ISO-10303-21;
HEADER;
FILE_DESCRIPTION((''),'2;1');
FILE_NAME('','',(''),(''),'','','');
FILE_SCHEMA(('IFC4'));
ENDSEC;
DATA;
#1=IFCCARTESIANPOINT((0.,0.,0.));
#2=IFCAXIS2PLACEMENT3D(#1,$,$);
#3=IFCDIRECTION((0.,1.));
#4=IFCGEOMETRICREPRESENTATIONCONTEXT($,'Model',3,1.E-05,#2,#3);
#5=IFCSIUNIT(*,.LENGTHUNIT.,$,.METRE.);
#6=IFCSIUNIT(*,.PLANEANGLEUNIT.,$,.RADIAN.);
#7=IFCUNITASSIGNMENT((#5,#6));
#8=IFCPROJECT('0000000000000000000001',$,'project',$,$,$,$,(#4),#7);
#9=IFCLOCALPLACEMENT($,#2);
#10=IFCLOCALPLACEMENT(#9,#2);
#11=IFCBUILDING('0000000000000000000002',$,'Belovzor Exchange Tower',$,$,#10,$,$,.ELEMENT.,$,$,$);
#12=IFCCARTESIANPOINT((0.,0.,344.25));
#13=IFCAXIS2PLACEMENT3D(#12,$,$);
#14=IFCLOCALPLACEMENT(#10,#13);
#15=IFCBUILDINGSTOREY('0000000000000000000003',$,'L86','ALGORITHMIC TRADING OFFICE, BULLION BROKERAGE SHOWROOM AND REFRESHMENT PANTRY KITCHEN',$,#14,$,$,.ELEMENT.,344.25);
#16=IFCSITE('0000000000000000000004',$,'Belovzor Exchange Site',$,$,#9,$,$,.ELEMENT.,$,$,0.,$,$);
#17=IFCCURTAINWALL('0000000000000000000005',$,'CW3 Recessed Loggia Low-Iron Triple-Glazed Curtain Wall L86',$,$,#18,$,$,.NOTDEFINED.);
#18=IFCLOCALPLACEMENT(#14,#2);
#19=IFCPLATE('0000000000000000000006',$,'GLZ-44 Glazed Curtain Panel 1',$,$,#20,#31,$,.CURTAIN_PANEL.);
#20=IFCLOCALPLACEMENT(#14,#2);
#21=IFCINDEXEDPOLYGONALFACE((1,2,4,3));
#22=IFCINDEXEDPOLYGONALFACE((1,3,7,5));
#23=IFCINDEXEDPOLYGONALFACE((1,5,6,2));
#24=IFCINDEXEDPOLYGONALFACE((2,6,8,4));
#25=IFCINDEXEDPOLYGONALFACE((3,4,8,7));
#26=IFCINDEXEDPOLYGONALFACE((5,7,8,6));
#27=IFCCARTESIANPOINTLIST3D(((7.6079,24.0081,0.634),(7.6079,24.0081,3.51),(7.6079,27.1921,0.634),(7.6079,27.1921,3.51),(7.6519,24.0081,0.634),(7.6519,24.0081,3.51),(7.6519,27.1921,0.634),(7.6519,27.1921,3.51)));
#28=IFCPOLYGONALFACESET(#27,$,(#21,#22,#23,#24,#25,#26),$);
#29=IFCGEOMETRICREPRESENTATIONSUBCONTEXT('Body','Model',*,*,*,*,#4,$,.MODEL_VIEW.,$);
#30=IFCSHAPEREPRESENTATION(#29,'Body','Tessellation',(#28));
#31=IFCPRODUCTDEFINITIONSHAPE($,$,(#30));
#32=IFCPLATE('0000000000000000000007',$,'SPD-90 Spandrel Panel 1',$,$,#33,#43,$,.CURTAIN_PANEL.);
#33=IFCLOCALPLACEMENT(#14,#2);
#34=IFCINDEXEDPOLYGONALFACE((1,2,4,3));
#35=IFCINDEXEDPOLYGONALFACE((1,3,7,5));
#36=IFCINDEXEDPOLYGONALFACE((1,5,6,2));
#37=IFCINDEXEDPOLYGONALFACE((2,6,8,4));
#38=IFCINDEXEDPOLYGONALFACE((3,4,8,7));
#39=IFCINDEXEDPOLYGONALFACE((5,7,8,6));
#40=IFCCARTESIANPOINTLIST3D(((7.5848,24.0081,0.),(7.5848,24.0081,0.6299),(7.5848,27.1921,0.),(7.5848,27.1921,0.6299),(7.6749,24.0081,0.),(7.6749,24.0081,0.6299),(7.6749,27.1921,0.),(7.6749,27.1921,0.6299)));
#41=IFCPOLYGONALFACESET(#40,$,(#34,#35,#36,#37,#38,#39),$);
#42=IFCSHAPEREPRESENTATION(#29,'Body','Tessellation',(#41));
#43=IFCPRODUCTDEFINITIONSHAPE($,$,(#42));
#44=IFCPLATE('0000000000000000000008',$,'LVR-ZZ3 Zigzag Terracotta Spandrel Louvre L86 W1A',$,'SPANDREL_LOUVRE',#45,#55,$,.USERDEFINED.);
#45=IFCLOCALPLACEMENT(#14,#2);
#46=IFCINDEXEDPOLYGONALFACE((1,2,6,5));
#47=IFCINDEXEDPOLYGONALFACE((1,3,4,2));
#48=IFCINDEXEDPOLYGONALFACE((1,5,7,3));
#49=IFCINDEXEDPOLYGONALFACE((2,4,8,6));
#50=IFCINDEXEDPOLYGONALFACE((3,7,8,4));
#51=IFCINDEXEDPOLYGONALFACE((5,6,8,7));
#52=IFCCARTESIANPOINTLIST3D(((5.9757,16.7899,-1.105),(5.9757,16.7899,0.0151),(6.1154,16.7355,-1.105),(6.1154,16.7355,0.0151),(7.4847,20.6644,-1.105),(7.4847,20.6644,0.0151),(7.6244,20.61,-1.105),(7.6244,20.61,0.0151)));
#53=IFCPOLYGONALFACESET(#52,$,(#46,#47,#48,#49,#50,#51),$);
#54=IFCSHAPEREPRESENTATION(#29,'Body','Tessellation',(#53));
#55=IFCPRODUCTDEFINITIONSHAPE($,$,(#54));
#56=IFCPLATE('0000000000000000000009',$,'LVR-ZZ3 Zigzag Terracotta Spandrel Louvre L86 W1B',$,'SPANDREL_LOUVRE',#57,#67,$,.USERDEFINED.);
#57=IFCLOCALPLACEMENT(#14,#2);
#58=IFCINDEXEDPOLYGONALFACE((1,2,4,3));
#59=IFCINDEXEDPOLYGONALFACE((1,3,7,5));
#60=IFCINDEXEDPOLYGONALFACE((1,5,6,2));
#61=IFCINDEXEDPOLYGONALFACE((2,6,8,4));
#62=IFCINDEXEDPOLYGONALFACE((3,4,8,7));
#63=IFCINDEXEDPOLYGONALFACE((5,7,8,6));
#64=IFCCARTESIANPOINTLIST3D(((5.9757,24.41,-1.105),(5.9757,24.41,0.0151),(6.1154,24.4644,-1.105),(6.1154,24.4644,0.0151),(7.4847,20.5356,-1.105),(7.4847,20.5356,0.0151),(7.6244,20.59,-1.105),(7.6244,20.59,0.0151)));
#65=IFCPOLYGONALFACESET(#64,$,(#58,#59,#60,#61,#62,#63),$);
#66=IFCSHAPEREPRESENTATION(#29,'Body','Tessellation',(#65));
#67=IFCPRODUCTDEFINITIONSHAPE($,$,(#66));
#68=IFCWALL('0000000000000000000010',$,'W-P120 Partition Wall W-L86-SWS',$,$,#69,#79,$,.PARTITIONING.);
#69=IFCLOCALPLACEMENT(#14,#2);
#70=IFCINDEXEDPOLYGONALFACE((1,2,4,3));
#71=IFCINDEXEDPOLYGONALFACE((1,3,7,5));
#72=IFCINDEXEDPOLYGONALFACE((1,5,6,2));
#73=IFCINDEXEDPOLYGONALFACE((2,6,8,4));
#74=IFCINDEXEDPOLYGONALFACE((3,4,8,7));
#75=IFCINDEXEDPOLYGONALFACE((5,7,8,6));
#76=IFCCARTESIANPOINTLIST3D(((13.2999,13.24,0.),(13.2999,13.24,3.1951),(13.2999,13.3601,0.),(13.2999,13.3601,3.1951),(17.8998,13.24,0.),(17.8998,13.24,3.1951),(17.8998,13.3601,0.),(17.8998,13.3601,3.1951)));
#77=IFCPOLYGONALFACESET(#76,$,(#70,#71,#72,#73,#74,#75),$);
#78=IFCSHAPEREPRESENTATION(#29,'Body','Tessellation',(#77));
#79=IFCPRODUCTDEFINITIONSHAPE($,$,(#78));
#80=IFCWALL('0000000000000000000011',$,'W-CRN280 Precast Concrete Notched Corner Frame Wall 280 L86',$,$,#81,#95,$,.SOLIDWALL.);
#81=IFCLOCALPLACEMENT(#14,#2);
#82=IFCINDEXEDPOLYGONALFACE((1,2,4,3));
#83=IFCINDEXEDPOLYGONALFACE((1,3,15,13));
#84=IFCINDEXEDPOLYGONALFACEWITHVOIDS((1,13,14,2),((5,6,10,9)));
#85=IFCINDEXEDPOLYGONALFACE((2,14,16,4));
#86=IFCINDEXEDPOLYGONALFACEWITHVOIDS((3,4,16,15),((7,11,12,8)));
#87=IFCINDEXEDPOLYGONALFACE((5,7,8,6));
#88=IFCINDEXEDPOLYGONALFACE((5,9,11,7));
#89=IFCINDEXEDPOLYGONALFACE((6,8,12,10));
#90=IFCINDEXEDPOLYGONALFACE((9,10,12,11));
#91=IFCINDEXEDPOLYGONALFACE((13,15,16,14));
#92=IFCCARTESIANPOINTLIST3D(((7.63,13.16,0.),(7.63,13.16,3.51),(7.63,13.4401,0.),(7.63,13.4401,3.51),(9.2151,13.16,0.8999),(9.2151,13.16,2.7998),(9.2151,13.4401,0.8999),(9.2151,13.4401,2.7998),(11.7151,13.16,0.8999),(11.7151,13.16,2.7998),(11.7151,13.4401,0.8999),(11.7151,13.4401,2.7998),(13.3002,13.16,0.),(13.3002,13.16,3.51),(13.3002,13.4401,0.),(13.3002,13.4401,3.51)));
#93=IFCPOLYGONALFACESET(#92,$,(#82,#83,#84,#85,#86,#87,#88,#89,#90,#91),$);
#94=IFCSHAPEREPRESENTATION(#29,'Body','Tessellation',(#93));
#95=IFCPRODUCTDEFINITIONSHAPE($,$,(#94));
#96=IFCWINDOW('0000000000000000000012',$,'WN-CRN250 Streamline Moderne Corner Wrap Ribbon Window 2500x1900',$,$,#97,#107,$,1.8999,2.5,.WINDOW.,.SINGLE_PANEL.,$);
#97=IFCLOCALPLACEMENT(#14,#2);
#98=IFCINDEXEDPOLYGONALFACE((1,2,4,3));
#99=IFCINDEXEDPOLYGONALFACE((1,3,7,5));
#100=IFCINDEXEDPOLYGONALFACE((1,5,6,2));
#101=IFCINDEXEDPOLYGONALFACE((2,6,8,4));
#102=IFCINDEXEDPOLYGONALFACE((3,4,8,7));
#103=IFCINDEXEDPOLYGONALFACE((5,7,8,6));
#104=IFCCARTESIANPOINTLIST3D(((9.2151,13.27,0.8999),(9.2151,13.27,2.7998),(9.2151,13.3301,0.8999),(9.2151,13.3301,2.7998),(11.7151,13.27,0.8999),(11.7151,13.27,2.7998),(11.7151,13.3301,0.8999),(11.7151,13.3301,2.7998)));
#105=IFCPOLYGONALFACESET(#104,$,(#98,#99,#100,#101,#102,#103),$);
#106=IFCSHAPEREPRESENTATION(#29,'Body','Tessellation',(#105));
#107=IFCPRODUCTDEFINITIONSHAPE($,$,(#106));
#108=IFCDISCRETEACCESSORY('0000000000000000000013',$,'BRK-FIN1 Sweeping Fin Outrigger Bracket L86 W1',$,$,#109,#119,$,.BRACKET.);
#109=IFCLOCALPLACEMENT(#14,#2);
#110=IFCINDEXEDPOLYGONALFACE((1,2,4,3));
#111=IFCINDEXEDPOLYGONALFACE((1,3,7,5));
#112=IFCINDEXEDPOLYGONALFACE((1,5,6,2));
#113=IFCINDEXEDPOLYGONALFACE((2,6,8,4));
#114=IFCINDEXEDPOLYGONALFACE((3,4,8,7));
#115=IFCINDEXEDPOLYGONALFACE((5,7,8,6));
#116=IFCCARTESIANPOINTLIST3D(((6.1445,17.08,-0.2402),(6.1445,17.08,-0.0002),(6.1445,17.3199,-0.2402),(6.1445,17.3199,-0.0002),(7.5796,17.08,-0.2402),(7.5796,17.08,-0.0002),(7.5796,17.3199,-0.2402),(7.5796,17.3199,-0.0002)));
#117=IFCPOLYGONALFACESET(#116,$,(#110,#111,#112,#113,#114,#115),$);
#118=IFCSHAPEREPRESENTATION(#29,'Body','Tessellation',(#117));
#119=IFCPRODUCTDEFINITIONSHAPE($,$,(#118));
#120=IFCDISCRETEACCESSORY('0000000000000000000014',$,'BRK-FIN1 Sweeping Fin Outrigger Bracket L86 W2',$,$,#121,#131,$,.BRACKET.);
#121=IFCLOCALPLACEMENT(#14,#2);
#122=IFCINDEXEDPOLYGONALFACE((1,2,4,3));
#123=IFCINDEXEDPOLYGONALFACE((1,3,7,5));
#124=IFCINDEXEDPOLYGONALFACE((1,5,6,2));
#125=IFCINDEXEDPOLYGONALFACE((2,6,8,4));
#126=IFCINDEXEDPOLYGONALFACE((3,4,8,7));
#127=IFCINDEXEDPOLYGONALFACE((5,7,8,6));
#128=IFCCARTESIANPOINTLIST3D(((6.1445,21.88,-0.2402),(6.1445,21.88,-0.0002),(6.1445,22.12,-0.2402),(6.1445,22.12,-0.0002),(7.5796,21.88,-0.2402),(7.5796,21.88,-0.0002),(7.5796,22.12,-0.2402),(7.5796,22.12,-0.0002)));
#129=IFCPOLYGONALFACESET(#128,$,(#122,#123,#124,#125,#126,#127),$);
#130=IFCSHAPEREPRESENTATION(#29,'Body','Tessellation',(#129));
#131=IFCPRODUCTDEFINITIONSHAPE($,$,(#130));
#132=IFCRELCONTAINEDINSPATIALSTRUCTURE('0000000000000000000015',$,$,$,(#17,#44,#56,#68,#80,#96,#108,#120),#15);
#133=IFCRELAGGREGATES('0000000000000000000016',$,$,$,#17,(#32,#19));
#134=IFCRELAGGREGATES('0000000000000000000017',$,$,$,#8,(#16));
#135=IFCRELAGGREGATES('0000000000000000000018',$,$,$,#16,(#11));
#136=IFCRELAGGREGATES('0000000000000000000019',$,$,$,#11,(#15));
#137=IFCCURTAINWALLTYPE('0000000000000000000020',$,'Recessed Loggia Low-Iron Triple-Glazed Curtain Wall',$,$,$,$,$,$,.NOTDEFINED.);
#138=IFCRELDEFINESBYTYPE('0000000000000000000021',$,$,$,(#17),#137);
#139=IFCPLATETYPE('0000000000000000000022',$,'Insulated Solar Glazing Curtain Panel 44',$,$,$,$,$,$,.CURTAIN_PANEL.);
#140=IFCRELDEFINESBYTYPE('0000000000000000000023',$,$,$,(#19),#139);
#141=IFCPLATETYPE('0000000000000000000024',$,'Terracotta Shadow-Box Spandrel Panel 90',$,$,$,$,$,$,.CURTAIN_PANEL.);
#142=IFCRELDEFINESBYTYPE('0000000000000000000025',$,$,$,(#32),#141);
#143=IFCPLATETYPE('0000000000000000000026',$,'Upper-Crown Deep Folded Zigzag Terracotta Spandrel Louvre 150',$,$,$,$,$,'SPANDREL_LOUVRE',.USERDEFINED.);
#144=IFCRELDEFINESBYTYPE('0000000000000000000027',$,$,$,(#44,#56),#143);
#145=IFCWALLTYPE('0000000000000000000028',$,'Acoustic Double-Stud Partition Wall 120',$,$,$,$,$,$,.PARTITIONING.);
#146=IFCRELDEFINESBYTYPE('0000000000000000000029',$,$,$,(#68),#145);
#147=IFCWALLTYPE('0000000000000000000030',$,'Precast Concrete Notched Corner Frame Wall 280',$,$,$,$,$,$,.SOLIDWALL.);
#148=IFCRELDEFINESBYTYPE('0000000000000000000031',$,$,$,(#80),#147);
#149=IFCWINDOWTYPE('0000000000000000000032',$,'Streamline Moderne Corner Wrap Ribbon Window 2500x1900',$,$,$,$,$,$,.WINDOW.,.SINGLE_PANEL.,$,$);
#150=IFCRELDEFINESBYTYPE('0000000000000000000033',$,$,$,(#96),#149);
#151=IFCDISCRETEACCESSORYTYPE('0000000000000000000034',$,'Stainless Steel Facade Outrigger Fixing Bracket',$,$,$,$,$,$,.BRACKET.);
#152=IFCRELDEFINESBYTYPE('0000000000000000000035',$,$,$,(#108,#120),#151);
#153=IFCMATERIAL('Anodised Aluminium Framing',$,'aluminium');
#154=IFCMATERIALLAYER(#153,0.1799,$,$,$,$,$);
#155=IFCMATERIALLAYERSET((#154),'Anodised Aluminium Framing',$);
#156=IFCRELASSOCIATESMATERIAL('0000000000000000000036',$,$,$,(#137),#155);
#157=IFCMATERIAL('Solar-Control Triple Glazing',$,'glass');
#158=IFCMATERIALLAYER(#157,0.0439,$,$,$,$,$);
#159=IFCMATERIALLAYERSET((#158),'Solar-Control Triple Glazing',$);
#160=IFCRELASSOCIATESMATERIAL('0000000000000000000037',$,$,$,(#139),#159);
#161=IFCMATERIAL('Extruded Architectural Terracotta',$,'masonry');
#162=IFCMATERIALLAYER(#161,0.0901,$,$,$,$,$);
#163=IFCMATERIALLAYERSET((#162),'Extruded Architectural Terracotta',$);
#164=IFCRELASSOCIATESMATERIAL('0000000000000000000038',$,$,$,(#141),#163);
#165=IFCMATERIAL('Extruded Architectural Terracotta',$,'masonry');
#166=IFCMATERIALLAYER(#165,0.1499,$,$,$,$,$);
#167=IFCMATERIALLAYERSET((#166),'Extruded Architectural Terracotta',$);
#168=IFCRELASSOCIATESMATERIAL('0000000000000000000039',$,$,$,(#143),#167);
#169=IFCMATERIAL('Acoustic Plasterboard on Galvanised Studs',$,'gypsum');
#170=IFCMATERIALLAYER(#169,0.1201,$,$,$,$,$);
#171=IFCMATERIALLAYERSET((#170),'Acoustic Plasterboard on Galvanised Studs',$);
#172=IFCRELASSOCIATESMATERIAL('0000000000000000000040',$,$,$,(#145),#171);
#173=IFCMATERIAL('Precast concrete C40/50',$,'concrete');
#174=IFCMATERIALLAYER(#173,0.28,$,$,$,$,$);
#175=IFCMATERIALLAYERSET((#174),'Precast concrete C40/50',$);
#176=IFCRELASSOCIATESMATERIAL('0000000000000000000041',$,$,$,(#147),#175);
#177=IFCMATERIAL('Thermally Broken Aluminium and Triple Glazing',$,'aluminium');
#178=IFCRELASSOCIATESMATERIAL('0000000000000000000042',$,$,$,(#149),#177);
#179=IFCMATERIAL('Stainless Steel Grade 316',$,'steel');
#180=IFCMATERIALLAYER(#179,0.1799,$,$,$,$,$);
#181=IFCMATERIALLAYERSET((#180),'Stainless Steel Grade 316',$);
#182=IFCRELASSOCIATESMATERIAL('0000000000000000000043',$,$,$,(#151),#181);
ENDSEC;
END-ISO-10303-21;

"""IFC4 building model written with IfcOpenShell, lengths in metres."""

from ifc_helpers import new_model, si_unit, direction, frame, frame_2d, origin, origin_2d, place, context, subcontext, project, spatial, rectangle, extrude, material, layer, layer_set, type_object, element, fill, aggregate, save


model = new_model("IFC4")

# Units and contexts
model_context = context("Model", 3, precision=1e-05, world=origin(), true_north=direction((0.0, 1.0)))
body_context = subcontext(model_context, "Body", "Model", "MODEL_VIEW")
ifc_project = project(units=[si_unit("LENGTHUNIT", "METRE"), si_unit("PLANEANGLEUNIT", "RADIAN")], contexts=[model_context])

# Site, building, storey
site_placement = place(None, origin())
site = spatial("IfcSite", under=ifc_project, at=site_placement, Name="Belovzor Exchange Site", CompositionType="ELEMENT", RefElevation=0.0)
building_placement = place(site_placement, origin())
building = spatial("IfcBuilding", under=site, at=building_placement, Name="Belovzor Exchange Tower", CompositionType="ELEMENT")
storey_placement = place(building_placement, frame((0.0, 0.0, 344.25)))
storey = spatial("IfcBuildingStorey", under=building, at=storey_placement, Name="L86", Description="ALGORITHMIC TRADING OFFICE, BULLION BROKERAGE SHOWROOM AND REFRESHMENT PANTRY KITCHEN", CompositionType="ELEMENT", Elevation=344.25)

# Curtain wall
ifc_material_1 = material(Name="Anodised Aluminium Framing", Category="aluminium")
ifc_layer_1 = layer(ifc_material_1, 0.1799)
ifc_layer_set_1 = layer_set([ifc_layer_1], Name="Anodised Aluminium Framing")
curtain_wall_type = type_object("IfcCurtainWallType", Name="Recessed Loggia Low-Iron Triple-Glazed Curtain Wall", PredefinedType="NOTDEFINED", material=ifc_layer_set_1)
curtain_wall_placement = place(storey_placement, origin())
curtain_wall = element("IfcCurtainWall", 1, at=curtain_wall_placement, inside=storey, type_object=curtain_wall_type, Name="CW3 Recessed Loggia Low-Iron Triple-Glazed Curtain Wall L86", PredefinedType="NOTDEFINED")

# Plates
ifc_material_2 = material(Name="Solar-Control Triple Glazing", Category="glass")
ifc_layer_2 = layer(ifc_material_2, 0.0439)
ifc_layer_set_2 = layer_set([ifc_layer_2], Name="Solar-Control Triple Glazing")
plate_type_1 = type_object("IfcPlateType", Name="Insulated Solar Glazing Curtain Panel 44", PredefinedType="CURTAIN_PANEL", material=ifc_layer_set_2)
plate_1_placement = place(storey_placement, frame((7.6299, 25.6001, 0.634), z_axis=(0.0, 0.0, 1.0), x_axis=(0.0, 1.0, 0.0)))
plate_1 = element("IfcPlate", 2, at=plate_1_placement, type_object=plate_type_1, Name="GLZ-44 Glazed Curtain Panel 1", PredefinedType="CURTAIN_PANEL", context=body_context, shape_type="SweptSolid", body=[
    extrude(rectangle(XDim=3.1841, YDim=0.0439, at=origin_2d()), origin(), (0.0, 0.0, 1.0), 2.876),
])
ifc_material_3 = material(Name="Extruded Architectural Terracotta", Category="masonry")
ifc_layer_3 = layer(ifc_material_3, 0.0901)
ifc_layer_set_3 = layer_set([ifc_layer_3], Name="Extruded Architectural Terracotta")
plate_type_2 = type_object("IfcPlateType", Name="Terracotta Shadow-Box Spandrel Panel 90", PredefinedType="CURTAIN_PANEL", material=ifc_layer_set_3)
plate_2_placement = place(storey_placement, frame((7.6299, 25.6001, 0.0), z_axis=(0.0, 0.0, 1.0), x_axis=(0.0, 1.0, 0.0)))
plate_2 = element("IfcPlate", 3, at=plate_2_placement, type_object=plate_type_2, Name="SPD-90 Spandrel Panel 1", PredefinedType="CURTAIN_PANEL", context=body_context, shape_type="SweptSolid", body=[
    extrude(rectangle(XDim=3.1841, YDim=0.0901, at=origin_2d()), origin(), (0.0, 0.0, 1.0), 0.6299),
])
aggregate(curtain_wall, [plate_2, plate_1])

# Plates
ifc_material_4 = material(Name="Extruded Architectural Terracotta", Category="masonry")
ifc_layer_4 = layer(ifc_material_4, 0.1499)
ifc_layer_set_4 = layer_set([ifc_layer_4], Name="Extruded Architectural Terracotta")
plate_type_3 = type_object("IfcPlateType", Name="Upper-Crown Deep Folded Zigzag Terracotta Spandrel Louvre 150", ElementType="SPANDREL_LOUVRE", PredefinedType="USERDEFINED", material=ifc_layer_set_4)
for number, where, z_axis, x_axis, name in (
    (4, (6.8, 18.7, -1.105), (0.0, 0.0, 1.0), (0.362926, 0.931818, 0.0), "LVR-ZZ3 Zigzag Terracotta Spandrel Louvre L86 W1A"),
    (5, (6.8, 22.5, -1.105), (0.0, 0.0, 1.0), (-0.362926, 0.931818, 0.0), "LVR-ZZ3 Zigzag Terracotta Spandrel Louvre L86 W1B"),
):
    element("IfcPlate", number, at=place(storey_placement, frame(where, z_axis=z_axis, x_axis=x_axis)), inside=storey, type_object=plate_type_3, Name=name, ObjectType="SPANDREL_LOUVRE", PredefinedType="USERDEFINED", context=body_context, shape_type="SweptSolid", body=[
        extrude(rectangle(XDim=4.158, YDim=0.1499, at=origin_2d()), origin(), (0.0, 0.0, 1.0), 1.1201),
    ])

# Wall
ifc_material_5 = material(Name="Acoustic Plasterboard on Galvanised Studs", Category="gypsum")
ifc_layer_5 = layer(ifc_material_5, 0.1201)
ifc_layer_set_5 = layer_set([ifc_layer_5], Name="Acoustic Plasterboard on Galvanised Studs")
wall_type_1 = type_object("IfcWallType", Name="Acoustic Double-Stud Partition Wall 120", PredefinedType="PARTITIONING", material=ifc_layer_set_5)
wall_1_placement = place(storey_placement, frame((13.3, 13.3, 0.0), z_axis=(0.0, 0.0, 1.0), x_axis=(1.0, 0.0, 0.0)))
element("IfcWall", 6, at=wall_1_placement, inside=storey, type_object=wall_type_1, Name="W-P120 Partition Wall W-L86-SWS", PredefinedType="PARTITIONING", context=body_context, shape_type="SweptSolid", body=[
    extrude(rectangle(XDim=4.5999, YDim=0.1201, at=frame_2d((2.2998, 0.0))), origin(), (0.0, 0.0, 1.0), 3.1951),
])

# Wall, opening, window
ifc_material_6 = material(Name="Precast concrete C40/50", Category="concrete")
ifc_layer_6 = layer(ifc_material_6, 0.28)
ifc_layer_set_6 = layer_set([ifc_layer_6], Name="Precast concrete C40/50")
wall_type_2 = type_object("IfcWallType", Name="Precast Concrete Notched Corner Frame Wall 280", PredefinedType="SOLIDWALL", material=ifc_layer_set_6)
wall_2_placement = place(storey_placement, frame((13.3, 13.3, 0.0), z_axis=(0.0, 0.0, 1.0), x_axis=(-1.0, 0.0, 0.0)))
wall_2 = element("IfcWall", 7, at=wall_2_placement, inside=storey, type_object=wall_type_2, Name="W-CRN280 Precast Concrete Notched Corner Frame Wall 280 L86", PredefinedType="SOLIDWALL", context=body_context, shape_type="SweptSolid", body=[
    extrude(rectangle(XDim=5.6702, YDim=0.28, at=frame_2d((2.835, 0.0))), origin(), (0.0, 0.0, 1.0), 3.51),
])
opening_placement = place(wall_2_placement, frame((1.585, 0.0, 0.8999)))
opening = element("IfcOpeningElement", 8, at=opening_placement, cuts=wall_2, PredefinedType="OPENING", context=body_context, shape_type="SweptSolid", body=[
    extrude(rectangle(XDim=2.5, YDim=1.8999, at=frame_2d((1.25, 0.95))), frame((0.0, 0.1499, 0.0), z_axis=(0.0, -1.0, 0.0), x_axis=(1.0, 0.0, 0.0)), (0.0, 0.0, 1.0), 0.3),
])
ifc_material_7 = material(Name="Thermally Broken Aluminium and Triple Glazing", Category="aluminium")
window_type = type_object("IfcWindowType", Name="Streamline Moderne Corner Wrap Ribbon Window 2500x1900", PartitioningType="SINGLE_PANEL", PredefinedType="WINDOW", material=ifc_material_7)
window_placement = place(opening_placement, origin())
window = element("IfcWindow", 9, at=window_placement, inside=storey, type_object=window_type, Name="WN-CRN250 Streamline Moderne Corner Wrap Ribbon Window 2500x1900", OverallHeight=1.8999, OverallWidth=2.5, PartitioningType="SINGLE_PANEL", PredefinedType="WINDOW", context=body_context, shape_type="SweptSolid", body=[
    extrude(rectangle(XDim=2.5, YDim=1.8999, at=frame_2d((1.25, 0.95))), frame((0.0, 0.03, 0.0), z_axis=(0.0, -1.0, 0.0), x_axis=(1.0, 0.0, 0.0)), (0.0, 0.0, 1.0), 0.0601),
])
fill(opening, window)

# Discrete accessories
ifc_material_8 = material(Name="Stainless Steel Grade 316", Category="steel")
ifc_layer_7 = layer(ifc_material_8, 0.1799)
ifc_layer_set_7 = layer_set([ifc_layer_7], Name="Stainless Steel Grade 316")
discrete_accessory_type = type_object("IfcDiscreteAccessoryType", Name="Stainless Steel Facade Outrigger Fixing Bracket", PredefinedType="BRACKET", material=ifc_layer_set_7)
for number, where, z_axis, x_axis, name in (
    (10, (6.8621, 17.2, -0.2402), (0.0, 0.0, 1.0), (1.0, 0.0, 0.0), "BRK-FIN1 Sweeping Fin Outrigger Bracket L86 W1"),
    (11, (6.8621, 22.0, -0.2402), (0.0, 0.0, 1.0), (1.0, 0.0, 0.0), "BRK-FIN1 Sweeping Fin Outrigger Bracket L86 W2"),
):
    element("IfcDiscreteAccessory", number, at=place(storey_placement, frame(where, z_axis=z_axis, x_axis=x_axis)), inside=storey, type_object=discrete_accessory_type, Name=name, PredefinedType="BRACKET", context=body_context, shape_type="SweptSolid", body=[
        extrude(rectangle(XDim=1.4351, YDim=0.24, at=origin_2d()), origin(), (0.0, 0.0, 1.0), 0.24),
    ])

save(model, "model.ifc")
